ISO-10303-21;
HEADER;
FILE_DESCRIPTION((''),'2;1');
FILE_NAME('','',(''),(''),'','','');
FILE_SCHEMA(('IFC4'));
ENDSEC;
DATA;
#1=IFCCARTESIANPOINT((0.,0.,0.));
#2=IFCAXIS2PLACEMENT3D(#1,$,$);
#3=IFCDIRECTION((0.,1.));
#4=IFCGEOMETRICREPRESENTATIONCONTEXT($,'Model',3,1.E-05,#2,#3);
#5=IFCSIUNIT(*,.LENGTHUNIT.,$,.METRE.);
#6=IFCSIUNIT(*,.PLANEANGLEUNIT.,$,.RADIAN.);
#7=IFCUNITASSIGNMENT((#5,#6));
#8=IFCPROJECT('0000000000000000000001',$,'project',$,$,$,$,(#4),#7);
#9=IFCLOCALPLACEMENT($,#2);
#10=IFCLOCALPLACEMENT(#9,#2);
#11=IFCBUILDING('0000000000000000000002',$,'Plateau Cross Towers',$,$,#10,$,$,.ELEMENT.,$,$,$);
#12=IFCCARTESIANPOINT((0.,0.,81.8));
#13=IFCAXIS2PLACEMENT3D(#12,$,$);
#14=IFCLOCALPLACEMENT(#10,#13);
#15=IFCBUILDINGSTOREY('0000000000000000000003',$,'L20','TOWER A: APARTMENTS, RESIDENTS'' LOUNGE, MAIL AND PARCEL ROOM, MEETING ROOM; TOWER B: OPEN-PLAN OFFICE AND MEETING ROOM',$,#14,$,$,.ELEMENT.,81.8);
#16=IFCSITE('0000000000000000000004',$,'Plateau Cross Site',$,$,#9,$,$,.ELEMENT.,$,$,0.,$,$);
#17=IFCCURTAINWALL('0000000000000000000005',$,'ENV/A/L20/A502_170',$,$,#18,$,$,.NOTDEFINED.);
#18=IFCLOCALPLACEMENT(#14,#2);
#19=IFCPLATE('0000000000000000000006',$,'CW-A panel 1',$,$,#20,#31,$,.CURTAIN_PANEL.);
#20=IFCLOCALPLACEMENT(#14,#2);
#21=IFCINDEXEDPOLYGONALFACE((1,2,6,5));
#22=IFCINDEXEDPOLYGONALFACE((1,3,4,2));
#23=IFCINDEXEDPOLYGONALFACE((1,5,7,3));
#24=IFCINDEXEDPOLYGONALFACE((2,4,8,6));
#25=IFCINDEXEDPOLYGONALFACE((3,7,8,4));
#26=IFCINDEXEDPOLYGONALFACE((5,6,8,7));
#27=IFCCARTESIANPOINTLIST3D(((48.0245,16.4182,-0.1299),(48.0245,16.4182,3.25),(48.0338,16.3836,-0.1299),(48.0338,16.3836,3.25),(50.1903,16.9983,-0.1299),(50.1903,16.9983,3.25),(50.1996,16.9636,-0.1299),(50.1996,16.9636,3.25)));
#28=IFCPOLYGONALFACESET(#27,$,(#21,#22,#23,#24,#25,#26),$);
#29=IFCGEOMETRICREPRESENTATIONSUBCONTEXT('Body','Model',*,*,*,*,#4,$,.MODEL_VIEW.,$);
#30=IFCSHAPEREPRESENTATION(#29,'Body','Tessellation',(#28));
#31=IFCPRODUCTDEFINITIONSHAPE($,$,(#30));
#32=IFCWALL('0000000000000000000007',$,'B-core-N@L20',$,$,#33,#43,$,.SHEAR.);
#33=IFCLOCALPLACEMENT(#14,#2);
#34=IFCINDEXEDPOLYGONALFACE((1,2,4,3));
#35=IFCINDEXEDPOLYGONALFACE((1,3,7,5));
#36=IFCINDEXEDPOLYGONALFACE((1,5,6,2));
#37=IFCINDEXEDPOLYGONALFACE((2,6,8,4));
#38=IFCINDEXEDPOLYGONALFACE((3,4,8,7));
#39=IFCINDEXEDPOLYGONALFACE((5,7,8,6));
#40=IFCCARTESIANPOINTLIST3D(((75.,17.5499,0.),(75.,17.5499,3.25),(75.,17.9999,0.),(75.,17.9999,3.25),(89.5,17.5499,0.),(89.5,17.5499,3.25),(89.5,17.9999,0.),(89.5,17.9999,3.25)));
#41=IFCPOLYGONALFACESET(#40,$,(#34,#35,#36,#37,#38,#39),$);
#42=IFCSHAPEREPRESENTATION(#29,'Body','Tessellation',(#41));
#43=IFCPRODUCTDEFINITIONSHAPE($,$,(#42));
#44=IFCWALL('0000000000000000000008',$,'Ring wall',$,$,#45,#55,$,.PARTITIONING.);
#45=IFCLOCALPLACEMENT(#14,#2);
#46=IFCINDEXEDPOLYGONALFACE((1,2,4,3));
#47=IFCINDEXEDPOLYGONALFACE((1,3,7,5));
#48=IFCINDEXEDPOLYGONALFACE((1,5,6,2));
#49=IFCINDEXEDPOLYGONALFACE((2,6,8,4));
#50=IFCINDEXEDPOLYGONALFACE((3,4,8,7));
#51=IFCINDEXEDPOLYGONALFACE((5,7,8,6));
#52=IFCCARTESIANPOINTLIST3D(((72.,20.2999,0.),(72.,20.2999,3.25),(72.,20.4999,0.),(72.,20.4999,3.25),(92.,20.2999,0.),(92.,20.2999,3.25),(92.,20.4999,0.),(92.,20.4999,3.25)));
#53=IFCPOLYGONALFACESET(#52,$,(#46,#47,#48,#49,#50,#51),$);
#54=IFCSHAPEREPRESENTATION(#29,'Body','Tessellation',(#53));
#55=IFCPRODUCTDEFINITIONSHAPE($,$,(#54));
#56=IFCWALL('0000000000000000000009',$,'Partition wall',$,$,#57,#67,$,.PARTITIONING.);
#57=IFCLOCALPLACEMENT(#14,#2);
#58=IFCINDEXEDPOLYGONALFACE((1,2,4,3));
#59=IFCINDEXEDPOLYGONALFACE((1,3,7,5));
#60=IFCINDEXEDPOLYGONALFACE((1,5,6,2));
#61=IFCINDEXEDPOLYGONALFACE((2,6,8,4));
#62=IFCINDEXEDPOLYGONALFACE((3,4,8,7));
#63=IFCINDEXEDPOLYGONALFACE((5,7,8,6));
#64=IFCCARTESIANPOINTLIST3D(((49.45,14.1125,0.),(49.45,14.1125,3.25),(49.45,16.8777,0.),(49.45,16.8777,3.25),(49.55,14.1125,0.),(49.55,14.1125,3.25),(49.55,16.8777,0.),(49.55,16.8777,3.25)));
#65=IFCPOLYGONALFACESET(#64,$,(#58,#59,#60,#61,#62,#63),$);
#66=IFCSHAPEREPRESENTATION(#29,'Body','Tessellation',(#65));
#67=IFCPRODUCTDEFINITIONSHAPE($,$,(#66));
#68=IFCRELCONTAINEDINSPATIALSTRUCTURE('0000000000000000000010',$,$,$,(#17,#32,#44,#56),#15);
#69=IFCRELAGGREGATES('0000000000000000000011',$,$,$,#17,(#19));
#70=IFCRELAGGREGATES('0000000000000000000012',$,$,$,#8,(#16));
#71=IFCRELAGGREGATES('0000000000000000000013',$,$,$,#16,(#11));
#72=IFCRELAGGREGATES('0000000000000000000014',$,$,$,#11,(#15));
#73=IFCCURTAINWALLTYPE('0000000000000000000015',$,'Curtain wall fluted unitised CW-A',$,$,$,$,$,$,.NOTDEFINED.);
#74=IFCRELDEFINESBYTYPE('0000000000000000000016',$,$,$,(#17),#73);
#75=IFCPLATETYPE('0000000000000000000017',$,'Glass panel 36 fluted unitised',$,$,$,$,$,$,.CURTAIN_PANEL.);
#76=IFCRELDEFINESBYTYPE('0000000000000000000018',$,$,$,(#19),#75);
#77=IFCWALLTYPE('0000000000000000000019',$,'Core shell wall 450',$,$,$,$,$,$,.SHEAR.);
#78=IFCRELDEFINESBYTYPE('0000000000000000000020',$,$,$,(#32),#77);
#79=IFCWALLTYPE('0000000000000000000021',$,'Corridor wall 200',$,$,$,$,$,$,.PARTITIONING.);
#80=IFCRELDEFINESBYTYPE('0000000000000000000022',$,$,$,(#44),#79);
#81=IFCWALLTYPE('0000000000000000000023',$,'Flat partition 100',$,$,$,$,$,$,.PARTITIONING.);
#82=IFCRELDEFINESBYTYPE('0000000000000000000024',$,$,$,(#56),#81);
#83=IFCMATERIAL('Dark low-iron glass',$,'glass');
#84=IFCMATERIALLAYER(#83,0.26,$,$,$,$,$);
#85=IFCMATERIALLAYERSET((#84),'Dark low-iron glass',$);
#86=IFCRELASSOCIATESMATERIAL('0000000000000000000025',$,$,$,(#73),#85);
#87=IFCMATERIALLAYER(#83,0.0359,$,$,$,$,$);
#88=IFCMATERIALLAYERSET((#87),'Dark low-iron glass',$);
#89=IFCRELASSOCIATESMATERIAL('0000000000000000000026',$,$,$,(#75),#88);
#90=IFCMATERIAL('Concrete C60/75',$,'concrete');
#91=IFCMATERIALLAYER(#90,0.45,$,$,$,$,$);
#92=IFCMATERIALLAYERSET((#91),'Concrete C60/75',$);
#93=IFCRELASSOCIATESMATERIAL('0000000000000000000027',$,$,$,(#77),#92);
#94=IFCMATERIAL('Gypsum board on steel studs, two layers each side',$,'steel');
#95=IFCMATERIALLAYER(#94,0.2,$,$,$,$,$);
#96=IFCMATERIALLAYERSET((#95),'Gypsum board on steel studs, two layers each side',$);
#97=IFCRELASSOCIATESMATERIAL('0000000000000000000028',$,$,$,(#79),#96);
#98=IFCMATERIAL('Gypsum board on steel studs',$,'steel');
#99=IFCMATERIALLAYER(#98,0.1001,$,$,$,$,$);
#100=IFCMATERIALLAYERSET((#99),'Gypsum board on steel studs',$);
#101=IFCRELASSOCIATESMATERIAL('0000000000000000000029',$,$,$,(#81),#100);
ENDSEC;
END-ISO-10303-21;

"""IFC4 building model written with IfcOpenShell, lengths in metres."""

from ifc_helpers import new_model, si_unit, direction, frame, frame_2d, origin, origin_2d, place, context, subcontext, project, spatial, rectangle, extrude, material, layer, layer_set, type_object, element, aggregate, save


model = new_model("IFC4")

# Units and contexts
model_context = context("Model", 3, precision=1e-05, world=origin(), true_north=direction((0.0, 1.0)))
body_context = subcontext(model_context, "Body", "Model", "MODEL_VIEW")
ifc_project = project(units=[si_unit("LENGTHUNIT", "METRE"), si_unit("PLANEANGLEUNIT", "RADIAN")], contexts=[model_context])

# Site, building, storey
site_placement = place(None, origin())
site = spatial("IfcSite", under=ifc_project, at=site_placement, Name="Plateau Cross Site", CompositionType="ELEMENT", RefElevation=0.0)
building_placement = place(site_placement, origin())
building = spatial("IfcBuilding", under=site, at=building_placement, Name="Plateau Cross Towers", CompositionType="ELEMENT")
storey_placement = place(building_placement, frame((0.0, 0.0, 81.8)))
storey = spatial("IfcBuildingStorey", under=building, at=storey_placement, Name="L20", Description="TOWER A: APARTMENTS, RESIDENTS' LOUNGE, MAIL AND PARCEL ROOM, MEETING ROOM; TOWER B: OPEN-PLAN OFFICE AND MEETING ROOM", CompositionType="ELEMENT", Elevation=81.8)

# Shared definitions
ifc_material_1 = material(Name="Concrete C60/75", Category="concrete")

# Shared definitions
ifc_material_2 = material(Name="Dark low-iron glass", Category="glass")

# Curtain wall
ifc_layer_1 = layer(ifc_material_2, 0.26)
ifc_layer_set_1 = layer_set([ifc_layer_1], Name="Dark low-iron glass")
curtain_wall_type_1 = type_object("IfcCurtainWallType", Name="Curtain wall fluted unitised CW-A", PredefinedType="NOTDEFINED", material=ifc_layer_set_1)
curtain_wall_1_placement = place(storey_placement, origin())
curtain_wall_1 = element("IfcCurtainWall", 1, at=curtain_wall_1_placement, inside=storey, type_object=curtain_wall_type_1, Name="ENV/A/L20/A502_170", PredefinedType="NOTDEFINED")

# Plate
ifc_layer_2 = layer(ifc_material_2, 0.0359)
ifc_layer_set_2 = layer_set([ifc_layer_2], Name="Dark low-iron glass")
plate_type_1 = type_object("IfcPlateType", Name="Glass panel 36 fluted unitised", PredefinedType="CURTAIN_PANEL", material=ifc_layer_set_2)
plate_1_placement = place(storey_placement, frame((49.1121, 16.6909, -0.1299), z_axis=(0.0, 0.0, 1.0), x_axis=(-0.965958, -0.258699, 0.0)))
plate_1 = element("IfcPlate", 2, at=plate_1_placement, type_object=plate_type_1, Name="CW-A panel 1", PredefinedType="CURTAIN_PANEL", context=body_context, shape_type="SweptSolid", body=[
    extrude(rectangle(XDim=2.2422, YDim=0.0359, at=origin_2d()), origin(), (0.0, 0.0, 1.0), 3.3799),
])
aggregate(curtain_wall_1, [plate_1])

# Walls
ifc_layer_3 = layer(ifc_material_1, 0.45)
ifc_layer_set_3 = layer_set([ifc_layer_3], Name="Concrete C60/75")
wall_type_1 = type_object("IfcWallType", Name="Core shell wall 450", PredefinedType="SHEAR", material=ifc_layer_set_3)
wall_1_placement = place(storey_placement, frame((75.0, 17.7749, 0.0), z_axis=(0.0, 0.0, 1.0), x_axis=(1.0, 0.0, 0.0)))
element("IfcWall", 3, at=wall_1_placement, inside=storey, type_object=wall_type_1, Name="B-core-N@L20", PredefinedType="SHEAR", context=body_context, shape_type="SweptSolid", body=[
    extrude(rectangle(XDim=14.5, YDim=0.45, at=frame_2d((7.25, 0.0))), origin(), (0.0, 0.0, 1.0), 3.25),
])
ifc_material_3 = material(Name="Gypsum board on steel studs, two layers each side", Category="steel")
ifc_layer_4 = layer(ifc_material_3, 0.2)
ifc_layer_set_4 = layer_set([ifc_layer_4], Name="Gypsum board on steel studs, two layers each side")
wall_type_2 = type_object("IfcWallType", Name="Corridor wall 200", PredefinedType="PARTITIONING", material=ifc_layer_set_4)
wall_2_placement = place(storey_placement, frame((72.0, 20.3999, 0.0), z_axis=(0.0, 0.0, 1.0), x_axis=(1.0, 0.0, 0.0)))
element("IfcWall", 4, at=wall_2_placement, inside=storey, type_object=wall_type_2, Name="Ring wall", PredefinedType="PARTITIONING", context=body_context, shape_type="SweptSolid", body=[
    extrude(rectangle(XDim=20.0, YDim=0.2, at=frame_2d((10.0, 0.0))), origin(), (0.0, 0.0, 1.0), 3.25),
])
ifc_material_4 = material(Name="Gypsum board on steel studs", Category="steel")
ifc_layer_5 = layer(ifc_material_4, 0.1001)
ifc_layer_set_5 = layer_set([ifc_layer_5], Name="Gypsum board on steel studs")
wall_type_3 = type_object("IfcWallType", Name="Flat partition 100", PredefinedType="PARTITIONING", material=ifc_layer_set_5)
wall_3_placement = place(storey_placement, frame((49.5, 14.1125, 0.0), z_axis=(0.0, 0.0, 1.0), x_axis=(0.0, 1.0, 0.0)))
element("IfcWall", 5, at=wall_3_placement, inside=storey, type_object=wall_type_3, Name="Partition wall", PredefinedType="PARTITIONING", context=body_context, shape_type="SweptSolid", body=[
    extrude(rectangle(XDim=2.7651, YDim=0.1001, at=frame_2d((1.3826, 0.0))), origin(), (0.0, 0.0, 1.0), 3.25),
])

save(model, "model.ifc")
